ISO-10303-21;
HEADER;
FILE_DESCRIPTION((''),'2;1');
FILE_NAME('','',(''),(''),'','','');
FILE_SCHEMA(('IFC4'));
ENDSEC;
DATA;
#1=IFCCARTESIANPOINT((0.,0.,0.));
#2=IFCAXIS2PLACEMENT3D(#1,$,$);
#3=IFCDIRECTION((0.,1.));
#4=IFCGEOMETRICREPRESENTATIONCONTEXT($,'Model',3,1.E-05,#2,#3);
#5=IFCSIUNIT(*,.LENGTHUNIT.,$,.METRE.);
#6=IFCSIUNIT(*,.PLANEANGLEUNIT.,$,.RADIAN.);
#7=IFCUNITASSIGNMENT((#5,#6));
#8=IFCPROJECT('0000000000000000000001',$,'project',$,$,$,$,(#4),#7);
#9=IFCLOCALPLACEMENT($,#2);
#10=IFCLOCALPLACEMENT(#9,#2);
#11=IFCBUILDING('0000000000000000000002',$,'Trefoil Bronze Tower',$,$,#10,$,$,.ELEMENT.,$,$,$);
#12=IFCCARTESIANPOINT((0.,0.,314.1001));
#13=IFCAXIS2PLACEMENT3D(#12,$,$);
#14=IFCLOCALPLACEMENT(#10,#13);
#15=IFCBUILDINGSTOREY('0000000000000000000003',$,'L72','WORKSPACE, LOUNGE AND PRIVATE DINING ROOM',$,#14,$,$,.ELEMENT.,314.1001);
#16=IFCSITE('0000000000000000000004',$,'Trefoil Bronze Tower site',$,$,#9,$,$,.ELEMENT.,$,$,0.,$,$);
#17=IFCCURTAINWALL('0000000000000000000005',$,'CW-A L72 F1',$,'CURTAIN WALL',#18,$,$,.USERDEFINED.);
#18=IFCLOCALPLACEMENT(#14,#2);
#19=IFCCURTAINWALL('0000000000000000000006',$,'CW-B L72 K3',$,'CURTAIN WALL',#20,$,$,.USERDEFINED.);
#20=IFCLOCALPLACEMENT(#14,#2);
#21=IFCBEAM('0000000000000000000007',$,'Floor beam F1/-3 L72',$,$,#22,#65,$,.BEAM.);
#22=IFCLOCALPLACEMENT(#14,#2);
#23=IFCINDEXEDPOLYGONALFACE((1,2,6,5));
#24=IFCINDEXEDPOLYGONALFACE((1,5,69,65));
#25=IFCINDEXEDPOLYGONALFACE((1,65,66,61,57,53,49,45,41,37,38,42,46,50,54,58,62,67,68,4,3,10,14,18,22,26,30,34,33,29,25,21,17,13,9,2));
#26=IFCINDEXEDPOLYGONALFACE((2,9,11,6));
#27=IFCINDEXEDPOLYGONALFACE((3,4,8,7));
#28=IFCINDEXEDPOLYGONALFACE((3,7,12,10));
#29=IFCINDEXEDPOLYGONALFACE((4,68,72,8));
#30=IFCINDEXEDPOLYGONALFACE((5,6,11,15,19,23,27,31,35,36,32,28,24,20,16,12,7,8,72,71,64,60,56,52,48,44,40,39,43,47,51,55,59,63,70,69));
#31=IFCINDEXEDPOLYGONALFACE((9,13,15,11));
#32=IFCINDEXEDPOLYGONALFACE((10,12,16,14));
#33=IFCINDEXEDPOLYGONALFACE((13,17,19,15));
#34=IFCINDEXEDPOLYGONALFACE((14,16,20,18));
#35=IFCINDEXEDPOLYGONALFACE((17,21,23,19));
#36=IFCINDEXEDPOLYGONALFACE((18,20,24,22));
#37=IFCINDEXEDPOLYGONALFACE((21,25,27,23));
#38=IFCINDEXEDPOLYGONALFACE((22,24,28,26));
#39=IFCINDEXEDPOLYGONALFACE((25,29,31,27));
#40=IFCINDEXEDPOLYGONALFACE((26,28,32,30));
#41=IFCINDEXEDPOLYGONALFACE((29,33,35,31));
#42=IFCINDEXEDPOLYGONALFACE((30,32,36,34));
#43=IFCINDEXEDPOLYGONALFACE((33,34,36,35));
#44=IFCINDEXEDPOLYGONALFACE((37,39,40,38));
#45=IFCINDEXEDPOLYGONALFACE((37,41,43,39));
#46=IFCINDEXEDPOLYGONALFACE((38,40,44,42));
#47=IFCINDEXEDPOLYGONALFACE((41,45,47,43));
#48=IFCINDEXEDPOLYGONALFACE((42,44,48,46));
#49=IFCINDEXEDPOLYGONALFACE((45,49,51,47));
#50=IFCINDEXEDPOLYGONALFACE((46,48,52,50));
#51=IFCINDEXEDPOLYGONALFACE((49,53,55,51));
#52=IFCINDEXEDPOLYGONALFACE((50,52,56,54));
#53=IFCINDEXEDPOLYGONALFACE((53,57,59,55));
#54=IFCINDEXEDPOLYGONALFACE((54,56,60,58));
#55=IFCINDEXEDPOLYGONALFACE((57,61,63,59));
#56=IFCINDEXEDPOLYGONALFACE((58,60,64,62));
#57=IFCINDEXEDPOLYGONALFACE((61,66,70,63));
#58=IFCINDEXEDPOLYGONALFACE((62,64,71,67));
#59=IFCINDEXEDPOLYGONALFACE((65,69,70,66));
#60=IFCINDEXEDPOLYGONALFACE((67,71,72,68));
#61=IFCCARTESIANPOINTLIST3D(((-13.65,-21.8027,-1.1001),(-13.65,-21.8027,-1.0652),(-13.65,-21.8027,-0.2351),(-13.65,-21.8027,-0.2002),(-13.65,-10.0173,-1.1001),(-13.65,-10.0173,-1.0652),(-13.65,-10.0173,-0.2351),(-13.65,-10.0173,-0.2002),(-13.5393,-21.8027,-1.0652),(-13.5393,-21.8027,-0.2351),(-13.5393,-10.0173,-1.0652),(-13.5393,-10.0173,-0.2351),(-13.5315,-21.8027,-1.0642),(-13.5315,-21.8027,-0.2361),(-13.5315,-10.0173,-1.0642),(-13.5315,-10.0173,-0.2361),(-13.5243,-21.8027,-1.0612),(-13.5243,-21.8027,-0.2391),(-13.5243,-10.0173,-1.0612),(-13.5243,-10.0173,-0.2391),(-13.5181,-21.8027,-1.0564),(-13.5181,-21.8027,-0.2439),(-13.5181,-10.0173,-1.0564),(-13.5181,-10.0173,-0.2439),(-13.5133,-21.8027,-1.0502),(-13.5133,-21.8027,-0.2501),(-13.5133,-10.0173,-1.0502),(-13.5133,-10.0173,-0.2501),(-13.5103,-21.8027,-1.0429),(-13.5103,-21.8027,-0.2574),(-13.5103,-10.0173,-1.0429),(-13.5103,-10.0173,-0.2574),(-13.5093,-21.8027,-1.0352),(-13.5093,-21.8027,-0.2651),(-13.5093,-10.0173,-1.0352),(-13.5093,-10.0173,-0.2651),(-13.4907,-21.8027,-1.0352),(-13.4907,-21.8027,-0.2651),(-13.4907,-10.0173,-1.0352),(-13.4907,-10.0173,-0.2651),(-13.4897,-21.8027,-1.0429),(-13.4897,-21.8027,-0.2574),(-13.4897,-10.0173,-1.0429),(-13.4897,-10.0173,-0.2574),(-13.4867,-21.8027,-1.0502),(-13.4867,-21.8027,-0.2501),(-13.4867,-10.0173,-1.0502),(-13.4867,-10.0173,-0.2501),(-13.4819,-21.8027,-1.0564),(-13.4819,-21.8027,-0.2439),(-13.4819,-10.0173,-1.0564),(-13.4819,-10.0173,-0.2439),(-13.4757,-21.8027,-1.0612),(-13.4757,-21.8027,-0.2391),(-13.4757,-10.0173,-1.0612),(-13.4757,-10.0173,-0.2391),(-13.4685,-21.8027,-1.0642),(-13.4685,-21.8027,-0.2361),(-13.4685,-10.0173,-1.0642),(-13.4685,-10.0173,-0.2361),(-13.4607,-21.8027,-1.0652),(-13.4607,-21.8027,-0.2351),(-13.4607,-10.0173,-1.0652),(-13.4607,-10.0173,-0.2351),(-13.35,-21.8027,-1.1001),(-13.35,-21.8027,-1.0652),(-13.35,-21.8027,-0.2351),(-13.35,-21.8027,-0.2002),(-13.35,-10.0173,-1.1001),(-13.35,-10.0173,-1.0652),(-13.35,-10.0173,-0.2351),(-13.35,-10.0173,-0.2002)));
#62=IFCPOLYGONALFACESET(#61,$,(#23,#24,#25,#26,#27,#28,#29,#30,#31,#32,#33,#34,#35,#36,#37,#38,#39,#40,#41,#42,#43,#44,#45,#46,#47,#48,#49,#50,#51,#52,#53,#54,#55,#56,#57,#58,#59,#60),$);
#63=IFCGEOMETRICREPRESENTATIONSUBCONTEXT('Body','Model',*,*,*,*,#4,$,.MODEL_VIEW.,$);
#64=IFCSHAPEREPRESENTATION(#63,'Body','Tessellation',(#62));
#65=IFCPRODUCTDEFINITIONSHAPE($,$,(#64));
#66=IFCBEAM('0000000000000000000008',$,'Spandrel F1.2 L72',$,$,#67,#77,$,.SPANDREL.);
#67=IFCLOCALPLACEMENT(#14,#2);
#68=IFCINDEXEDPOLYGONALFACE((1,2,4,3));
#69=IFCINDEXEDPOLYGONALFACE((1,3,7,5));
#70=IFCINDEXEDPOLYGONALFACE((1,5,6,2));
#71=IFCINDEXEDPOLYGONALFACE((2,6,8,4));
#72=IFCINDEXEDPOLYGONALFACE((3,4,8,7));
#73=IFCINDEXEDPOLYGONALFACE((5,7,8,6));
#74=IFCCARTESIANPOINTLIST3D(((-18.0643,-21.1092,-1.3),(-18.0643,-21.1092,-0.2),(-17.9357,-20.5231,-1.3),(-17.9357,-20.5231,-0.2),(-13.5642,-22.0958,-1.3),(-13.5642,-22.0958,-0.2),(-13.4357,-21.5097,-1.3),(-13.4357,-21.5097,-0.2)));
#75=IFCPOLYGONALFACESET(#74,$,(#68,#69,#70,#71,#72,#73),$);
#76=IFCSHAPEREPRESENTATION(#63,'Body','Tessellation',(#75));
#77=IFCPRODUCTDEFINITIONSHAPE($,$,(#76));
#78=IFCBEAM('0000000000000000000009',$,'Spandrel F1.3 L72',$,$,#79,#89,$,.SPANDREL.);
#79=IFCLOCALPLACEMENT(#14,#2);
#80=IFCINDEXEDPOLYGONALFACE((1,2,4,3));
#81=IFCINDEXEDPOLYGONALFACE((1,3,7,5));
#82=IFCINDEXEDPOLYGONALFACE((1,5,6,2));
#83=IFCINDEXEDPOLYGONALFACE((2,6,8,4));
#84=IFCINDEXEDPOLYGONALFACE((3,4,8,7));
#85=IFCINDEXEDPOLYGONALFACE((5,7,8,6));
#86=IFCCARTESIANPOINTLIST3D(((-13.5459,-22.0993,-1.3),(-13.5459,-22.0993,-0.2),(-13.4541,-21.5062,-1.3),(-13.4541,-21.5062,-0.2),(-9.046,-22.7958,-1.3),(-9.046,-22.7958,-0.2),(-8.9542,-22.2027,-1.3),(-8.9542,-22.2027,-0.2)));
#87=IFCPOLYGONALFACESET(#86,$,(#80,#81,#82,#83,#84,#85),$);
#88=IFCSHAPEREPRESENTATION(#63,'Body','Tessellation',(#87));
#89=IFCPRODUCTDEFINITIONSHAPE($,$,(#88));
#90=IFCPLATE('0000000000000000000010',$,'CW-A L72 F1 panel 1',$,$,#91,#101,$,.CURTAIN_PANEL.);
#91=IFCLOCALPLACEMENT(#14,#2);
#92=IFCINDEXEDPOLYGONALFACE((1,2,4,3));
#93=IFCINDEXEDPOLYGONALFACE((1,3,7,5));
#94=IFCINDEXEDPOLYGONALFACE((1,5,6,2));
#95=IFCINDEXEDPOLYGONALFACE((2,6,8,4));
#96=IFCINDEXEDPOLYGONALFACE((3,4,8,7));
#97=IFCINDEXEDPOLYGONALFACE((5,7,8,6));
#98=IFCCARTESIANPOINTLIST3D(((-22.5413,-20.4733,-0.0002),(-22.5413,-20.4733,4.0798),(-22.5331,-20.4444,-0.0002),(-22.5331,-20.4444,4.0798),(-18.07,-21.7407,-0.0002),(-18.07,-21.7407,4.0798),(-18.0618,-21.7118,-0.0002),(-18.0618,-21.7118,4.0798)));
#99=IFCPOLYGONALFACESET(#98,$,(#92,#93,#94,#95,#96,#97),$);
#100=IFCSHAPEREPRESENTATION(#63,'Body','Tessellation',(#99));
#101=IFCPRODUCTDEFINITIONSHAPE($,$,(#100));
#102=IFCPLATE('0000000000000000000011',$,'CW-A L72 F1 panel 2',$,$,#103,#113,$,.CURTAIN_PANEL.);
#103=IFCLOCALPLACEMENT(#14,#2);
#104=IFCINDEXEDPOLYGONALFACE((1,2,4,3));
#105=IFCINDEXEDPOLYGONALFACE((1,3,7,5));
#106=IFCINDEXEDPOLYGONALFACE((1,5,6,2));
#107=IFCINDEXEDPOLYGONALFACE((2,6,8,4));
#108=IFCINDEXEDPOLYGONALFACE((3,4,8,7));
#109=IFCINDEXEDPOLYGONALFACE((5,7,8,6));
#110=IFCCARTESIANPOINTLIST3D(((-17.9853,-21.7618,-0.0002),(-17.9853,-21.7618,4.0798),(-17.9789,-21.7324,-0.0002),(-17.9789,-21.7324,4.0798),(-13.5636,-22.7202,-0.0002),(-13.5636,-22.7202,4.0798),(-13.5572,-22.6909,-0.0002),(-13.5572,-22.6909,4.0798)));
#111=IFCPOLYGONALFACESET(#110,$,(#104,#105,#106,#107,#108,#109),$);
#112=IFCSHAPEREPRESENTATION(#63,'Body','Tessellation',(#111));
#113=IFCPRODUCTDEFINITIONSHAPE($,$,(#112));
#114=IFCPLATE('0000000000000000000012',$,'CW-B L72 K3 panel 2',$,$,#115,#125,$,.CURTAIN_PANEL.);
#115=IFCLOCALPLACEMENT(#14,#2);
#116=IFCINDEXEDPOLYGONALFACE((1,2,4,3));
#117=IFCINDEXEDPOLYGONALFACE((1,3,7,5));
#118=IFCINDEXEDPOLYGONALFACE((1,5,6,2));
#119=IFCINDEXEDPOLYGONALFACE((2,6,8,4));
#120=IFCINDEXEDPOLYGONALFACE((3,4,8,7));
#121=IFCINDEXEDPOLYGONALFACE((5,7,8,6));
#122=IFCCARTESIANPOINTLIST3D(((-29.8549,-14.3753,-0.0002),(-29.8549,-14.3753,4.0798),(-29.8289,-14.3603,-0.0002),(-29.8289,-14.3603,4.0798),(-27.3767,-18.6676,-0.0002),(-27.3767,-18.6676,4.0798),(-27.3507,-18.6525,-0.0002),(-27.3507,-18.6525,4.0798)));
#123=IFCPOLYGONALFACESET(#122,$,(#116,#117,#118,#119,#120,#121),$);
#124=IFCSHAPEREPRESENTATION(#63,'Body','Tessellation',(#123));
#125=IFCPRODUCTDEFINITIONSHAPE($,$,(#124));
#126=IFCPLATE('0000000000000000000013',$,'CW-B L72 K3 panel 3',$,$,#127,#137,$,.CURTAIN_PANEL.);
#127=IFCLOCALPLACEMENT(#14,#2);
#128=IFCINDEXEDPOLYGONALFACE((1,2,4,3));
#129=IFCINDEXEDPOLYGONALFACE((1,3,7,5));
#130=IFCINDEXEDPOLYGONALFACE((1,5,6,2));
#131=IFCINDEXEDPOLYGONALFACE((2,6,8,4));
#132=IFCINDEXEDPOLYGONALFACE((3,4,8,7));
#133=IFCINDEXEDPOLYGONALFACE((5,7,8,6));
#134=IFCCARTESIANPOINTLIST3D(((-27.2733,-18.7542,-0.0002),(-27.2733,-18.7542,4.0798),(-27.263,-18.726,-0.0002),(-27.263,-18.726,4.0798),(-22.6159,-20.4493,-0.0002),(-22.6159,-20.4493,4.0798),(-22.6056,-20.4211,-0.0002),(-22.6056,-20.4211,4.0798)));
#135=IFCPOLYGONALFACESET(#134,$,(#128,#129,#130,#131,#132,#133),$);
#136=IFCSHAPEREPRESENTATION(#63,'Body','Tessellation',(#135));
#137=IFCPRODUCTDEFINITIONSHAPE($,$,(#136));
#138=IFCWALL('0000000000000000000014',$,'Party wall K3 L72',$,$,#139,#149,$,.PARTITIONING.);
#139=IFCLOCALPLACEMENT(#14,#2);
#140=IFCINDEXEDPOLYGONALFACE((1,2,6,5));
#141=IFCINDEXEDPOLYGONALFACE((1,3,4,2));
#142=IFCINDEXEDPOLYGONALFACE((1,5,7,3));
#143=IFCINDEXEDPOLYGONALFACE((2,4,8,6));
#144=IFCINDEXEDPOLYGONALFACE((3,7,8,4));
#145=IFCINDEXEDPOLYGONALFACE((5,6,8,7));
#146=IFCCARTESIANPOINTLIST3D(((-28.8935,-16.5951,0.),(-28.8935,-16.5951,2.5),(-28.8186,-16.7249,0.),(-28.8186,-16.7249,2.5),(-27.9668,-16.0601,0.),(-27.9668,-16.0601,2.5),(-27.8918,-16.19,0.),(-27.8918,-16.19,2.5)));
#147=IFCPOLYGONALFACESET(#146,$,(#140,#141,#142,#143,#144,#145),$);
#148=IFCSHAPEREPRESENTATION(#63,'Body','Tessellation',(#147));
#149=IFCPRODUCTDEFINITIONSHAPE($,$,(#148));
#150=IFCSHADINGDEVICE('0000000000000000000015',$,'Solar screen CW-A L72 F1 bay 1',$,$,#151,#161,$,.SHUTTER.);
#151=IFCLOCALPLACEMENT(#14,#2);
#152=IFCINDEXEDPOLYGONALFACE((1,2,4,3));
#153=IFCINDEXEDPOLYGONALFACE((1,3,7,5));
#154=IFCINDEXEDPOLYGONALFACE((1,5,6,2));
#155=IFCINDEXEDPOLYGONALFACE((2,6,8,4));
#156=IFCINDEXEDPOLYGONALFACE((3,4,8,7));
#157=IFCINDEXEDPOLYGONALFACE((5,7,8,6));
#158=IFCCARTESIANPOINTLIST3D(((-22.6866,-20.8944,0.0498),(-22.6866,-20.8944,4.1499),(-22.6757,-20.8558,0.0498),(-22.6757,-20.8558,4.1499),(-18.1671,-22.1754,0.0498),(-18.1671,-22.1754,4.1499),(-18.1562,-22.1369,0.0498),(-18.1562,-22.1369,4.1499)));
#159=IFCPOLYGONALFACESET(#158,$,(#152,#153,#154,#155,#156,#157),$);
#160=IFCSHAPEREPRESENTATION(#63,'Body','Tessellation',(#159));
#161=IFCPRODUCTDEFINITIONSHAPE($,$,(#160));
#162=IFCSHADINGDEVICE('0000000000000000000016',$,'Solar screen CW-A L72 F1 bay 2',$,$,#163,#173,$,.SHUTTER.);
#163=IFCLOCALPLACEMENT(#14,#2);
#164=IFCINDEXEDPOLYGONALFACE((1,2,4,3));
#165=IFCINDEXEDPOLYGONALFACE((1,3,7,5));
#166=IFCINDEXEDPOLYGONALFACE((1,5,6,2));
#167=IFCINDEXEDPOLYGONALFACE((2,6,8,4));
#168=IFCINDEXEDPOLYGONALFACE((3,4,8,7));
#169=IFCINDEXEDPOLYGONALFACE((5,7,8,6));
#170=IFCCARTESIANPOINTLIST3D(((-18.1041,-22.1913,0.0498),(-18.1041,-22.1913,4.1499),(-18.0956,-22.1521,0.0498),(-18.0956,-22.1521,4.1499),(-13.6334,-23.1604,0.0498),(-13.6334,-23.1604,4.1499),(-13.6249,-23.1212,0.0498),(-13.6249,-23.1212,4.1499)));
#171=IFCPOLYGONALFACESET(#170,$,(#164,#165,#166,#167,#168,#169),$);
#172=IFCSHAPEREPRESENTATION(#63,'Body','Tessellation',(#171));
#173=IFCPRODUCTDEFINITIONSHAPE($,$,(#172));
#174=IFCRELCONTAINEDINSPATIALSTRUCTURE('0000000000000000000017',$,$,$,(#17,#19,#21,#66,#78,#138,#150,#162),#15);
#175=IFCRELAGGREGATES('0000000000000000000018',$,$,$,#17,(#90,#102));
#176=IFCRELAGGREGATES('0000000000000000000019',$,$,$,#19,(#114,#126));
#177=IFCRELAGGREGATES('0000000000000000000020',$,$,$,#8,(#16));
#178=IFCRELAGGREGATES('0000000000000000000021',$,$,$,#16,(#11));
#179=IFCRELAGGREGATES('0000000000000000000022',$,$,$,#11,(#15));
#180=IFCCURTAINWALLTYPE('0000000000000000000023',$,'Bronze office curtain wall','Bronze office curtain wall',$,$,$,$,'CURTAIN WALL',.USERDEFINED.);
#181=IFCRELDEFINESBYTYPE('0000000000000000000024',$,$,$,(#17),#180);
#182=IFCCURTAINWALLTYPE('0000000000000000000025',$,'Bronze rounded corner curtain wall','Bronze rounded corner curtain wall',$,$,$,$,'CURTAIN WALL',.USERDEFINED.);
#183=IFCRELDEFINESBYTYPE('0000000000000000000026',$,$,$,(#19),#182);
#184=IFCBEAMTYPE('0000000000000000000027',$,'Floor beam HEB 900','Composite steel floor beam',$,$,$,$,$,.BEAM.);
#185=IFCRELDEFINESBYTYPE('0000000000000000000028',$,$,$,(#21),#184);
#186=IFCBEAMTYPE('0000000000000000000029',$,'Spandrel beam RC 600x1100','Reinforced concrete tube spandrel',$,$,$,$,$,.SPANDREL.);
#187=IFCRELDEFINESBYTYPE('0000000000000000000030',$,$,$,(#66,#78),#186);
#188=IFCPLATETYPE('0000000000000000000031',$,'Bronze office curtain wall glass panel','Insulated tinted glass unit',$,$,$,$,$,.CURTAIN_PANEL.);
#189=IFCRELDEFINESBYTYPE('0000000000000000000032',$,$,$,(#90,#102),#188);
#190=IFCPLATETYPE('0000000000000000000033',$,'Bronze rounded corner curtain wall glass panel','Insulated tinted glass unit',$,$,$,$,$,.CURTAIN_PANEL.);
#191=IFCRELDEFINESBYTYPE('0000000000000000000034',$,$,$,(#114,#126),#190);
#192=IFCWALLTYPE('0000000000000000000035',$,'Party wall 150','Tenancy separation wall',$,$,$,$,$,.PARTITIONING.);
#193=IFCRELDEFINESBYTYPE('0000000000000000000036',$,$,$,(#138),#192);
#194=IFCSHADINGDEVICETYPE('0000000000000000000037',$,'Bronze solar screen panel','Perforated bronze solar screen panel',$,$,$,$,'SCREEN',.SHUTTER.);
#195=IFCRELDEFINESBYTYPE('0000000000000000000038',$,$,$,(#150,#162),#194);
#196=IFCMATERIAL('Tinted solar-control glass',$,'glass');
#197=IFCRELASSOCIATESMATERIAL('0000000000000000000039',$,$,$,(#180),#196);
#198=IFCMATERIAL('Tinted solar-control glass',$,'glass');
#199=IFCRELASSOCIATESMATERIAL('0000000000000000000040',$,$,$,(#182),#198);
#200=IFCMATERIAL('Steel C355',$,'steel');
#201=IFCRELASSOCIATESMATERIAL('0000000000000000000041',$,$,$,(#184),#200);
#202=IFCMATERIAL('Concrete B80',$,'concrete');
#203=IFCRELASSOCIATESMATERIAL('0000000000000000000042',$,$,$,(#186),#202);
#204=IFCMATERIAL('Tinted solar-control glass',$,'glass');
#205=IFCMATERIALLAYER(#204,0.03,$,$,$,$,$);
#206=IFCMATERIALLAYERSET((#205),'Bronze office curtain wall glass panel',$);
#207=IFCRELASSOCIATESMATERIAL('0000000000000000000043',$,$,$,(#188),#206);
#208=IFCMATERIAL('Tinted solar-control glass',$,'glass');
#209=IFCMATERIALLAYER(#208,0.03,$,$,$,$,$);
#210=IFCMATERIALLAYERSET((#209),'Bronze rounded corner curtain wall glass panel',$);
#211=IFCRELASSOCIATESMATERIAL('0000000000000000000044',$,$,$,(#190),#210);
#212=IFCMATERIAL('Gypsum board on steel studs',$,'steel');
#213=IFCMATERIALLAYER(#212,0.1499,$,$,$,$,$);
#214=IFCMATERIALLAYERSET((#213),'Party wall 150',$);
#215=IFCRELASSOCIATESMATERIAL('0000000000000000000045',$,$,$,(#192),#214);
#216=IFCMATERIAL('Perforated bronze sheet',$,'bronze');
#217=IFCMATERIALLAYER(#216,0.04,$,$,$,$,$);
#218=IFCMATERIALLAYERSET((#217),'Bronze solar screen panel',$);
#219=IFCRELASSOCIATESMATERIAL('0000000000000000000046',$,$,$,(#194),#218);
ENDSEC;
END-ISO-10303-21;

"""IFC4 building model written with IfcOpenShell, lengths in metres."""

from ifc_helpers import new_model, si_unit, direction, frame, frame_2d, origin, origin_2d, place, context, subcontext, project, spatial, rectangle, i_section, extrude, material, layer, layer_set, material_profile, profile_set, type_object, element, aggregate, save


model = new_model("IFC4")

# Units and contexts
model_context = context("Model", 3, precision=1e-05, world=origin(), true_north=direction((0.0, 1.0)))
body_context = subcontext(model_context, "Body", "Model", "MODEL_VIEW")
ifc_project = project(units=[si_unit("LENGTHUNIT", "METRE"), si_unit("PLANEANGLEUNIT", "RADIAN")], contexts=[model_context])

# Site, building, storey
site_placement = place(None, origin())
site = spatial("IfcSite", under=ifc_project, at=site_placement, Name="Trefoil Bronze Tower site", CompositionType="ELEMENT", RefElevation=0.0)
building_placement = place(site_placement, origin())
building = spatial("IfcBuilding", under=site, at=building_placement, Name="Trefoil Bronze Tower", CompositionType="ELEMENT")
storey_placement = place(building_placement, frame((0.0, 0.0, 314.1001)))
storey = spatial("IfcBuildingStorey", under=building, at=storey_placement, Name="L72", Description="WORKSPACE, LOUNGE AND PRIVATE DINING ROOM", CompositionType="ELEMENT", Elevation=314.1001)

# Curtain walls
ifc_material_1 = material(Name="Tinted solar-control glass", Category="glass")
curtain_wall_type_1 = type_object("IfcCurtainWallType", Name="Bronze office curtain wall", Description="Bronze office curtain wall", ElementType="CURTAIN WALL", PredefinedType="USERDEFINED", material=ifc_material_1)
curtain_wall_1_placement = place(storey_placement, origin())
curtain_wall_1 = element("IfcCurtainWall", 1, at=curtain_wall_1_placement, inside=storey, type_object=curtain_wall_type_1, Name="CW-A L72 F1", ObjectType="CURTAIN WALL", PredefinedType="USERDEFINED")
ifc_material_2 = material(Name="Tinted solar-control glass", Category="glass")
curtain_wall_type_2 = type_object("IfcCurtainWallType", Name="Bronze rounded corner curtain wall", Description="Bronze rounded corner curtain wall", ElementType="CURTAIN WALL", PredefinedType="USERDEFINED", material=ifc_material_2)
curtain_wall_2_placement = place(storey_placement, origin())
curtain_wall_2 = element("IfcCurtainWall", 2, at=curtain_wall_2_placement, inside=storey, type_object=curtain_wall_type_2, Name="CW-B L72 K3", ObjectType="CURTAIN WALL", PredefinedType="USERDEFINED")

# Beams
ifc_material_3 = material(Name="Steel C355", Category="steel")
ifc_material_profile_1 = material_profile(ifc_material_3, i_section(OverallWidth=0.3, OverallDepth=0.8999, WebThickness=0.0186, FlangeThickness=0.0349, FilletRadius=0.03, at=origin_2d()), Name="HEB 900")
ifc_profile_set_1 = profile_set([ifc_material_profile_1], Name="Steel C355")
beam_type_1 = type_object("IfcBeamType", Name="Floor beam HEB 900", Description="Composite steel floor beam", PredefinedType="BEAM", material=ifc_profile_set_1)
beam_1_placement = place(storey_placement, frame((-13.5, -21.8027, -0.6501), z_axis=(0.0, 1.0, 0.0), x_axis=(-1.0, 0.0, 0.0)))
element("IfcBeam", 3, at=beam_1_placement, inside=storey, type_object=beam_type_1, Name="Floor beam F1/-3 L72", PredefinedType="BEAM", context=body_context, shape_type="SweptSolid", body=[
    extrude(i_section(OverallWidth=0.3, OverallDepth=0.8999, WebThickness=0.0186, FlangeThickness=0.0349, FilletRadius=0.03, at=origin_2d()), origin(), (0.0, 0.0, 1.0), 11.7854),
])
ifc_material_4 = material(Name="Concrete B80", Category="concrete")
ifc_material_profile_2 = material_profile(ifc_material_4, rectangle(XDim=0.6001, YDim=1.1001, at=origin_2d()), Name="RC 600x1100")
ifc_profile_set_2 = profile_set([ifc_material_profile_2], Name="Concrete B80")
beam_type_2 = type_object("IfcBeamType", Name="Spandrel beam RC 600x1100", Description="Reinforced concrete tube spandrel", PredefinedType="SPANDREL", material=ifc_profile_set_2)
beam_2_placement = place(storey_placement, frame((-18.0, -20.8162, -0.75), z_axis=(0.9768, -0.214152, 0.0), x_axis=(0.214152, 0.9768, 0.0)))
element("IfcBeam", 4, at=beam_2_placement, inside=storey, type_object=beam_type_2, Name="Spandrel F1.2 L72", PredefinedType="SPANDREL", context=body_context, shape_type="SweptSolid", body=[
    extrude(rectangle(XDim=0.6001, YDim=1.1001, at=origin_2d()), origin(), (0.0, 0.0, 1.0), 4.6069),
])
beam_3_placement = place(storey_placement, frame((-13.5, -21.8027, -0.75), z_axis=(0.988232, -0.152964, 0.0), x_axis=(0.152964, 0.988232, 0.0)))
element("IfcBeam", 5, at=beam_3_placement, inside=storey, type_object=beam_type_2, Name="Spandrel F1.3 L72", PredefinedType="SPANDREL", context=body_context, shape_type="SweptSolid", body=[
    extrude(rectangle(XDim=0.6001, YDim=1.1001, at=origin_2d()), origin(), (0.0, 0.0, 1.0), 4.5535),
])

# Plates
ifc_material_5 = material(Name="Tinted solar-control glass", Category="glass")
ifc_layer_1 = layer(ifc_material_5, 0.03)
ifc_layer_set_1 = layer_set([ifc_layer_1], Name="Bronze office curtain wall glass panel")
plate_type_1 = type_object("IfcPlateType", Name="Bronze office curtain wall glass panel", Description="Insulated tinted glass unit", PredefinedType="CURTAIN_PANEL", material=ifc_layer_set_1)
plate_1_placement = place(storey_placement, frame((-20.3015, -21.0925, -0.0002), z_axis=(0.0, 0.0, 1.0), x_axis=(0.962098, -0.272705, 0.0)))
plate_1 = element("IfcPlate", 6, at=plate_1_placement, type_object=plate_type_1, Name="CW-A L72 F1 panel 1", PredefinedType="CURTAIN_PANEL", context=body_context, shape_type="SweptSolid", body=[
    extrude(rectangle(XDim=4.6475, YDim=0.03, at=origin_2d()), origin(), (0.0, 0.0, 1.0), 4.0801),
])
plate_2_placement = place(storey_placement, frame((-15.7712, -22.2263, -0.0002), z_axis=(0.0, 0.0, 1.0), x_axis=(0.977303, -0.211846, 0.0)))
plate_2 = element("IfcPlate", 7, at=plate_2_placement, type_object=plate_type_1, Name="CW-A L72 F1 panel 2", PredefinedType="CURTAIN_PANEL", context=body_context, shape_type="SweptSolid", body=[
    extrude(rectangle(XDim=4.5244, YDim=0.03, at=origin_2d()), origin(), (0.0, 0.0, 1.0), 4.0801),
])
aggregate(curtain_wall_1, [plate_1, plate_2])
ifc_material_6 = material(Name="Tinted solar-control glass", Category="glass")
ifc_layer_2 = layer(ifc_material_6, 0.03)
ifc_layer_set_2 = layer_set([ifc_layer_2], Name="Bronze rounded corner curtain wall glass panel")
plate_type_2 = type_object("IfcPlateType", Name="Bronze rounded corner curtain wall glass panel", Description="Insulated tinted glass unit", PredefinedType="CURTAIN_PANEL", material=ifc_layer_set_2)
plate_3_placement = place(storey_placement, frame((-28.6028, -16.5139, -0.0002), z_axis=(0.0, 0.0, 1.0), x_axis=(0.5, -0.866025, 0.0)))
plate_3 = element("IfcPlate", 8, at=plate_3_placement, type_object=plate_type_2, Name="CW-B L72 K3 panel 2", PredefinedType="CURTAIN_PANEL", context=body_context, shape_type="SweptSolid", body=[
    extrude(rectangle(XDim=4.9563, YDim=0.03, at=origin_2d()), origin(), (0.0, 0.0, 1.0), 4.0801),
])
plate_4_placement = place(storey_placement, frame((-24.9395, -19.5876, -0.0002), z_axis=(0.0, 0.0, 1.0), x_axis=(0.939693, -0.34202, 0.0)))
plate_4 = element("IfcPlate", 9, at=plate_4_placement, type_object=plate_type_2, Name="CW-B L72 K3 panel 3", PredefinedType="CURTAIN_PANEL", context=body_context, shape_type="SweptSolid", body=[
    extrude(rectangle(XDim=4.9563, YDim=0.03, at=origin_2d()), origin(), (0.0, 0.0, 1.0), 4.0801),
])
aggregate(curtain_wall_2, [plate_3, plate_4])

# Wall
ifc_material_7 = material(Name="Gypsum board on steel studs", Category="steel")
ifc_layer_3 = layer(ifc_material_7, 0.1499)
ifc_layer_set_3 = layer_set([ifc_layer_3], Name="Party wall 150")
wall_type = type_object("IfcWallType", Name="Party wall 150", Description="Tenancy separation wall", PredefinedType="PARTITIONING", material=ifc_layer_set_3)
wall_placement = place(storey_placement, frame((-27.9292, -16.125, 0.0), z_axis=(0.0, 0.0, 1.0), x_axis=(-0.866087, -0.499894, 0.0)))
element("IfcWall", 10, at=wall_placement, inside=storey, type_object=wall_type, Name="Party wall K3 L72", PredefinedType="PARTITIONING", context=body_context, shape_type="SweptSolid", body=[
    extrude(rectangle(XDim=1.0701, YDim=0.1499, at=frame_2d((0.5352, 0.0))), origin(), (0.0, 0.0, 1.0), 2.5),
])

# Shading devices
ifc_material_8 = material(Name="Perforated bronze sheet", Category="bronze")
ifc_layer_4 = layer(ifc_material_8, 0.04)
ifc_layer_set_4 = layer_set([ifc_layer_4], Name="Bronze solar screen panel")
shading_device_type = type_object("IfcShadingDeviceType", Name="Bronze solar screen panel", Description="Perforated bronze solar screen panel", ElementType="SCREEN", PredefinedType="SHUTTER", material=ifc_layer_set_4)
shading_device_1_placement = place(storey_placement, frame((-20.4214, -21.5156, 0.0498), z_axis=(0.0, 0.0, 1.0), x_axis=(0.962098, -0.272705, 0.0)))
element("IfcShadingDevice", 11, at=shading_device_1_placement, inside=storey, type_object=shading_device_type, Name="Solar screen CW-A L72 F1 bay 1", PredefinedType="SHUTTER", context=body_context, shape_type="SweptSolid", body=[
    extrude(rectangle(XDim=4.6975, YDim=0.04, at=origin_2d()), origin(), (0.0, 0.0, 1.0), 4.1001),
])
shading_device_2_placement = place(storey_placement, frame((-15.8645, -22.6562, 0.0498), z_axis=(0.0, 0.0, 1.0), x_axis=(0.977303, -0.211846, 0.0)))
element("IfcShadingDevice", 12, at=shading_device_2_placement, inside=storey, type_object=shading_device_type, Name="Solar screen CW-A L72 F1 bay 2", PredefinedType="SHUTTER", context=body_context, shape_type="SweptSolid", body=[
    extrude(rectangle(XDim=4.5745, YDim=0.04, at=origin_2d()), origin(), (0.0, 0.0, 1.0), 4.1001),
])

save(model, "model.ifc")
